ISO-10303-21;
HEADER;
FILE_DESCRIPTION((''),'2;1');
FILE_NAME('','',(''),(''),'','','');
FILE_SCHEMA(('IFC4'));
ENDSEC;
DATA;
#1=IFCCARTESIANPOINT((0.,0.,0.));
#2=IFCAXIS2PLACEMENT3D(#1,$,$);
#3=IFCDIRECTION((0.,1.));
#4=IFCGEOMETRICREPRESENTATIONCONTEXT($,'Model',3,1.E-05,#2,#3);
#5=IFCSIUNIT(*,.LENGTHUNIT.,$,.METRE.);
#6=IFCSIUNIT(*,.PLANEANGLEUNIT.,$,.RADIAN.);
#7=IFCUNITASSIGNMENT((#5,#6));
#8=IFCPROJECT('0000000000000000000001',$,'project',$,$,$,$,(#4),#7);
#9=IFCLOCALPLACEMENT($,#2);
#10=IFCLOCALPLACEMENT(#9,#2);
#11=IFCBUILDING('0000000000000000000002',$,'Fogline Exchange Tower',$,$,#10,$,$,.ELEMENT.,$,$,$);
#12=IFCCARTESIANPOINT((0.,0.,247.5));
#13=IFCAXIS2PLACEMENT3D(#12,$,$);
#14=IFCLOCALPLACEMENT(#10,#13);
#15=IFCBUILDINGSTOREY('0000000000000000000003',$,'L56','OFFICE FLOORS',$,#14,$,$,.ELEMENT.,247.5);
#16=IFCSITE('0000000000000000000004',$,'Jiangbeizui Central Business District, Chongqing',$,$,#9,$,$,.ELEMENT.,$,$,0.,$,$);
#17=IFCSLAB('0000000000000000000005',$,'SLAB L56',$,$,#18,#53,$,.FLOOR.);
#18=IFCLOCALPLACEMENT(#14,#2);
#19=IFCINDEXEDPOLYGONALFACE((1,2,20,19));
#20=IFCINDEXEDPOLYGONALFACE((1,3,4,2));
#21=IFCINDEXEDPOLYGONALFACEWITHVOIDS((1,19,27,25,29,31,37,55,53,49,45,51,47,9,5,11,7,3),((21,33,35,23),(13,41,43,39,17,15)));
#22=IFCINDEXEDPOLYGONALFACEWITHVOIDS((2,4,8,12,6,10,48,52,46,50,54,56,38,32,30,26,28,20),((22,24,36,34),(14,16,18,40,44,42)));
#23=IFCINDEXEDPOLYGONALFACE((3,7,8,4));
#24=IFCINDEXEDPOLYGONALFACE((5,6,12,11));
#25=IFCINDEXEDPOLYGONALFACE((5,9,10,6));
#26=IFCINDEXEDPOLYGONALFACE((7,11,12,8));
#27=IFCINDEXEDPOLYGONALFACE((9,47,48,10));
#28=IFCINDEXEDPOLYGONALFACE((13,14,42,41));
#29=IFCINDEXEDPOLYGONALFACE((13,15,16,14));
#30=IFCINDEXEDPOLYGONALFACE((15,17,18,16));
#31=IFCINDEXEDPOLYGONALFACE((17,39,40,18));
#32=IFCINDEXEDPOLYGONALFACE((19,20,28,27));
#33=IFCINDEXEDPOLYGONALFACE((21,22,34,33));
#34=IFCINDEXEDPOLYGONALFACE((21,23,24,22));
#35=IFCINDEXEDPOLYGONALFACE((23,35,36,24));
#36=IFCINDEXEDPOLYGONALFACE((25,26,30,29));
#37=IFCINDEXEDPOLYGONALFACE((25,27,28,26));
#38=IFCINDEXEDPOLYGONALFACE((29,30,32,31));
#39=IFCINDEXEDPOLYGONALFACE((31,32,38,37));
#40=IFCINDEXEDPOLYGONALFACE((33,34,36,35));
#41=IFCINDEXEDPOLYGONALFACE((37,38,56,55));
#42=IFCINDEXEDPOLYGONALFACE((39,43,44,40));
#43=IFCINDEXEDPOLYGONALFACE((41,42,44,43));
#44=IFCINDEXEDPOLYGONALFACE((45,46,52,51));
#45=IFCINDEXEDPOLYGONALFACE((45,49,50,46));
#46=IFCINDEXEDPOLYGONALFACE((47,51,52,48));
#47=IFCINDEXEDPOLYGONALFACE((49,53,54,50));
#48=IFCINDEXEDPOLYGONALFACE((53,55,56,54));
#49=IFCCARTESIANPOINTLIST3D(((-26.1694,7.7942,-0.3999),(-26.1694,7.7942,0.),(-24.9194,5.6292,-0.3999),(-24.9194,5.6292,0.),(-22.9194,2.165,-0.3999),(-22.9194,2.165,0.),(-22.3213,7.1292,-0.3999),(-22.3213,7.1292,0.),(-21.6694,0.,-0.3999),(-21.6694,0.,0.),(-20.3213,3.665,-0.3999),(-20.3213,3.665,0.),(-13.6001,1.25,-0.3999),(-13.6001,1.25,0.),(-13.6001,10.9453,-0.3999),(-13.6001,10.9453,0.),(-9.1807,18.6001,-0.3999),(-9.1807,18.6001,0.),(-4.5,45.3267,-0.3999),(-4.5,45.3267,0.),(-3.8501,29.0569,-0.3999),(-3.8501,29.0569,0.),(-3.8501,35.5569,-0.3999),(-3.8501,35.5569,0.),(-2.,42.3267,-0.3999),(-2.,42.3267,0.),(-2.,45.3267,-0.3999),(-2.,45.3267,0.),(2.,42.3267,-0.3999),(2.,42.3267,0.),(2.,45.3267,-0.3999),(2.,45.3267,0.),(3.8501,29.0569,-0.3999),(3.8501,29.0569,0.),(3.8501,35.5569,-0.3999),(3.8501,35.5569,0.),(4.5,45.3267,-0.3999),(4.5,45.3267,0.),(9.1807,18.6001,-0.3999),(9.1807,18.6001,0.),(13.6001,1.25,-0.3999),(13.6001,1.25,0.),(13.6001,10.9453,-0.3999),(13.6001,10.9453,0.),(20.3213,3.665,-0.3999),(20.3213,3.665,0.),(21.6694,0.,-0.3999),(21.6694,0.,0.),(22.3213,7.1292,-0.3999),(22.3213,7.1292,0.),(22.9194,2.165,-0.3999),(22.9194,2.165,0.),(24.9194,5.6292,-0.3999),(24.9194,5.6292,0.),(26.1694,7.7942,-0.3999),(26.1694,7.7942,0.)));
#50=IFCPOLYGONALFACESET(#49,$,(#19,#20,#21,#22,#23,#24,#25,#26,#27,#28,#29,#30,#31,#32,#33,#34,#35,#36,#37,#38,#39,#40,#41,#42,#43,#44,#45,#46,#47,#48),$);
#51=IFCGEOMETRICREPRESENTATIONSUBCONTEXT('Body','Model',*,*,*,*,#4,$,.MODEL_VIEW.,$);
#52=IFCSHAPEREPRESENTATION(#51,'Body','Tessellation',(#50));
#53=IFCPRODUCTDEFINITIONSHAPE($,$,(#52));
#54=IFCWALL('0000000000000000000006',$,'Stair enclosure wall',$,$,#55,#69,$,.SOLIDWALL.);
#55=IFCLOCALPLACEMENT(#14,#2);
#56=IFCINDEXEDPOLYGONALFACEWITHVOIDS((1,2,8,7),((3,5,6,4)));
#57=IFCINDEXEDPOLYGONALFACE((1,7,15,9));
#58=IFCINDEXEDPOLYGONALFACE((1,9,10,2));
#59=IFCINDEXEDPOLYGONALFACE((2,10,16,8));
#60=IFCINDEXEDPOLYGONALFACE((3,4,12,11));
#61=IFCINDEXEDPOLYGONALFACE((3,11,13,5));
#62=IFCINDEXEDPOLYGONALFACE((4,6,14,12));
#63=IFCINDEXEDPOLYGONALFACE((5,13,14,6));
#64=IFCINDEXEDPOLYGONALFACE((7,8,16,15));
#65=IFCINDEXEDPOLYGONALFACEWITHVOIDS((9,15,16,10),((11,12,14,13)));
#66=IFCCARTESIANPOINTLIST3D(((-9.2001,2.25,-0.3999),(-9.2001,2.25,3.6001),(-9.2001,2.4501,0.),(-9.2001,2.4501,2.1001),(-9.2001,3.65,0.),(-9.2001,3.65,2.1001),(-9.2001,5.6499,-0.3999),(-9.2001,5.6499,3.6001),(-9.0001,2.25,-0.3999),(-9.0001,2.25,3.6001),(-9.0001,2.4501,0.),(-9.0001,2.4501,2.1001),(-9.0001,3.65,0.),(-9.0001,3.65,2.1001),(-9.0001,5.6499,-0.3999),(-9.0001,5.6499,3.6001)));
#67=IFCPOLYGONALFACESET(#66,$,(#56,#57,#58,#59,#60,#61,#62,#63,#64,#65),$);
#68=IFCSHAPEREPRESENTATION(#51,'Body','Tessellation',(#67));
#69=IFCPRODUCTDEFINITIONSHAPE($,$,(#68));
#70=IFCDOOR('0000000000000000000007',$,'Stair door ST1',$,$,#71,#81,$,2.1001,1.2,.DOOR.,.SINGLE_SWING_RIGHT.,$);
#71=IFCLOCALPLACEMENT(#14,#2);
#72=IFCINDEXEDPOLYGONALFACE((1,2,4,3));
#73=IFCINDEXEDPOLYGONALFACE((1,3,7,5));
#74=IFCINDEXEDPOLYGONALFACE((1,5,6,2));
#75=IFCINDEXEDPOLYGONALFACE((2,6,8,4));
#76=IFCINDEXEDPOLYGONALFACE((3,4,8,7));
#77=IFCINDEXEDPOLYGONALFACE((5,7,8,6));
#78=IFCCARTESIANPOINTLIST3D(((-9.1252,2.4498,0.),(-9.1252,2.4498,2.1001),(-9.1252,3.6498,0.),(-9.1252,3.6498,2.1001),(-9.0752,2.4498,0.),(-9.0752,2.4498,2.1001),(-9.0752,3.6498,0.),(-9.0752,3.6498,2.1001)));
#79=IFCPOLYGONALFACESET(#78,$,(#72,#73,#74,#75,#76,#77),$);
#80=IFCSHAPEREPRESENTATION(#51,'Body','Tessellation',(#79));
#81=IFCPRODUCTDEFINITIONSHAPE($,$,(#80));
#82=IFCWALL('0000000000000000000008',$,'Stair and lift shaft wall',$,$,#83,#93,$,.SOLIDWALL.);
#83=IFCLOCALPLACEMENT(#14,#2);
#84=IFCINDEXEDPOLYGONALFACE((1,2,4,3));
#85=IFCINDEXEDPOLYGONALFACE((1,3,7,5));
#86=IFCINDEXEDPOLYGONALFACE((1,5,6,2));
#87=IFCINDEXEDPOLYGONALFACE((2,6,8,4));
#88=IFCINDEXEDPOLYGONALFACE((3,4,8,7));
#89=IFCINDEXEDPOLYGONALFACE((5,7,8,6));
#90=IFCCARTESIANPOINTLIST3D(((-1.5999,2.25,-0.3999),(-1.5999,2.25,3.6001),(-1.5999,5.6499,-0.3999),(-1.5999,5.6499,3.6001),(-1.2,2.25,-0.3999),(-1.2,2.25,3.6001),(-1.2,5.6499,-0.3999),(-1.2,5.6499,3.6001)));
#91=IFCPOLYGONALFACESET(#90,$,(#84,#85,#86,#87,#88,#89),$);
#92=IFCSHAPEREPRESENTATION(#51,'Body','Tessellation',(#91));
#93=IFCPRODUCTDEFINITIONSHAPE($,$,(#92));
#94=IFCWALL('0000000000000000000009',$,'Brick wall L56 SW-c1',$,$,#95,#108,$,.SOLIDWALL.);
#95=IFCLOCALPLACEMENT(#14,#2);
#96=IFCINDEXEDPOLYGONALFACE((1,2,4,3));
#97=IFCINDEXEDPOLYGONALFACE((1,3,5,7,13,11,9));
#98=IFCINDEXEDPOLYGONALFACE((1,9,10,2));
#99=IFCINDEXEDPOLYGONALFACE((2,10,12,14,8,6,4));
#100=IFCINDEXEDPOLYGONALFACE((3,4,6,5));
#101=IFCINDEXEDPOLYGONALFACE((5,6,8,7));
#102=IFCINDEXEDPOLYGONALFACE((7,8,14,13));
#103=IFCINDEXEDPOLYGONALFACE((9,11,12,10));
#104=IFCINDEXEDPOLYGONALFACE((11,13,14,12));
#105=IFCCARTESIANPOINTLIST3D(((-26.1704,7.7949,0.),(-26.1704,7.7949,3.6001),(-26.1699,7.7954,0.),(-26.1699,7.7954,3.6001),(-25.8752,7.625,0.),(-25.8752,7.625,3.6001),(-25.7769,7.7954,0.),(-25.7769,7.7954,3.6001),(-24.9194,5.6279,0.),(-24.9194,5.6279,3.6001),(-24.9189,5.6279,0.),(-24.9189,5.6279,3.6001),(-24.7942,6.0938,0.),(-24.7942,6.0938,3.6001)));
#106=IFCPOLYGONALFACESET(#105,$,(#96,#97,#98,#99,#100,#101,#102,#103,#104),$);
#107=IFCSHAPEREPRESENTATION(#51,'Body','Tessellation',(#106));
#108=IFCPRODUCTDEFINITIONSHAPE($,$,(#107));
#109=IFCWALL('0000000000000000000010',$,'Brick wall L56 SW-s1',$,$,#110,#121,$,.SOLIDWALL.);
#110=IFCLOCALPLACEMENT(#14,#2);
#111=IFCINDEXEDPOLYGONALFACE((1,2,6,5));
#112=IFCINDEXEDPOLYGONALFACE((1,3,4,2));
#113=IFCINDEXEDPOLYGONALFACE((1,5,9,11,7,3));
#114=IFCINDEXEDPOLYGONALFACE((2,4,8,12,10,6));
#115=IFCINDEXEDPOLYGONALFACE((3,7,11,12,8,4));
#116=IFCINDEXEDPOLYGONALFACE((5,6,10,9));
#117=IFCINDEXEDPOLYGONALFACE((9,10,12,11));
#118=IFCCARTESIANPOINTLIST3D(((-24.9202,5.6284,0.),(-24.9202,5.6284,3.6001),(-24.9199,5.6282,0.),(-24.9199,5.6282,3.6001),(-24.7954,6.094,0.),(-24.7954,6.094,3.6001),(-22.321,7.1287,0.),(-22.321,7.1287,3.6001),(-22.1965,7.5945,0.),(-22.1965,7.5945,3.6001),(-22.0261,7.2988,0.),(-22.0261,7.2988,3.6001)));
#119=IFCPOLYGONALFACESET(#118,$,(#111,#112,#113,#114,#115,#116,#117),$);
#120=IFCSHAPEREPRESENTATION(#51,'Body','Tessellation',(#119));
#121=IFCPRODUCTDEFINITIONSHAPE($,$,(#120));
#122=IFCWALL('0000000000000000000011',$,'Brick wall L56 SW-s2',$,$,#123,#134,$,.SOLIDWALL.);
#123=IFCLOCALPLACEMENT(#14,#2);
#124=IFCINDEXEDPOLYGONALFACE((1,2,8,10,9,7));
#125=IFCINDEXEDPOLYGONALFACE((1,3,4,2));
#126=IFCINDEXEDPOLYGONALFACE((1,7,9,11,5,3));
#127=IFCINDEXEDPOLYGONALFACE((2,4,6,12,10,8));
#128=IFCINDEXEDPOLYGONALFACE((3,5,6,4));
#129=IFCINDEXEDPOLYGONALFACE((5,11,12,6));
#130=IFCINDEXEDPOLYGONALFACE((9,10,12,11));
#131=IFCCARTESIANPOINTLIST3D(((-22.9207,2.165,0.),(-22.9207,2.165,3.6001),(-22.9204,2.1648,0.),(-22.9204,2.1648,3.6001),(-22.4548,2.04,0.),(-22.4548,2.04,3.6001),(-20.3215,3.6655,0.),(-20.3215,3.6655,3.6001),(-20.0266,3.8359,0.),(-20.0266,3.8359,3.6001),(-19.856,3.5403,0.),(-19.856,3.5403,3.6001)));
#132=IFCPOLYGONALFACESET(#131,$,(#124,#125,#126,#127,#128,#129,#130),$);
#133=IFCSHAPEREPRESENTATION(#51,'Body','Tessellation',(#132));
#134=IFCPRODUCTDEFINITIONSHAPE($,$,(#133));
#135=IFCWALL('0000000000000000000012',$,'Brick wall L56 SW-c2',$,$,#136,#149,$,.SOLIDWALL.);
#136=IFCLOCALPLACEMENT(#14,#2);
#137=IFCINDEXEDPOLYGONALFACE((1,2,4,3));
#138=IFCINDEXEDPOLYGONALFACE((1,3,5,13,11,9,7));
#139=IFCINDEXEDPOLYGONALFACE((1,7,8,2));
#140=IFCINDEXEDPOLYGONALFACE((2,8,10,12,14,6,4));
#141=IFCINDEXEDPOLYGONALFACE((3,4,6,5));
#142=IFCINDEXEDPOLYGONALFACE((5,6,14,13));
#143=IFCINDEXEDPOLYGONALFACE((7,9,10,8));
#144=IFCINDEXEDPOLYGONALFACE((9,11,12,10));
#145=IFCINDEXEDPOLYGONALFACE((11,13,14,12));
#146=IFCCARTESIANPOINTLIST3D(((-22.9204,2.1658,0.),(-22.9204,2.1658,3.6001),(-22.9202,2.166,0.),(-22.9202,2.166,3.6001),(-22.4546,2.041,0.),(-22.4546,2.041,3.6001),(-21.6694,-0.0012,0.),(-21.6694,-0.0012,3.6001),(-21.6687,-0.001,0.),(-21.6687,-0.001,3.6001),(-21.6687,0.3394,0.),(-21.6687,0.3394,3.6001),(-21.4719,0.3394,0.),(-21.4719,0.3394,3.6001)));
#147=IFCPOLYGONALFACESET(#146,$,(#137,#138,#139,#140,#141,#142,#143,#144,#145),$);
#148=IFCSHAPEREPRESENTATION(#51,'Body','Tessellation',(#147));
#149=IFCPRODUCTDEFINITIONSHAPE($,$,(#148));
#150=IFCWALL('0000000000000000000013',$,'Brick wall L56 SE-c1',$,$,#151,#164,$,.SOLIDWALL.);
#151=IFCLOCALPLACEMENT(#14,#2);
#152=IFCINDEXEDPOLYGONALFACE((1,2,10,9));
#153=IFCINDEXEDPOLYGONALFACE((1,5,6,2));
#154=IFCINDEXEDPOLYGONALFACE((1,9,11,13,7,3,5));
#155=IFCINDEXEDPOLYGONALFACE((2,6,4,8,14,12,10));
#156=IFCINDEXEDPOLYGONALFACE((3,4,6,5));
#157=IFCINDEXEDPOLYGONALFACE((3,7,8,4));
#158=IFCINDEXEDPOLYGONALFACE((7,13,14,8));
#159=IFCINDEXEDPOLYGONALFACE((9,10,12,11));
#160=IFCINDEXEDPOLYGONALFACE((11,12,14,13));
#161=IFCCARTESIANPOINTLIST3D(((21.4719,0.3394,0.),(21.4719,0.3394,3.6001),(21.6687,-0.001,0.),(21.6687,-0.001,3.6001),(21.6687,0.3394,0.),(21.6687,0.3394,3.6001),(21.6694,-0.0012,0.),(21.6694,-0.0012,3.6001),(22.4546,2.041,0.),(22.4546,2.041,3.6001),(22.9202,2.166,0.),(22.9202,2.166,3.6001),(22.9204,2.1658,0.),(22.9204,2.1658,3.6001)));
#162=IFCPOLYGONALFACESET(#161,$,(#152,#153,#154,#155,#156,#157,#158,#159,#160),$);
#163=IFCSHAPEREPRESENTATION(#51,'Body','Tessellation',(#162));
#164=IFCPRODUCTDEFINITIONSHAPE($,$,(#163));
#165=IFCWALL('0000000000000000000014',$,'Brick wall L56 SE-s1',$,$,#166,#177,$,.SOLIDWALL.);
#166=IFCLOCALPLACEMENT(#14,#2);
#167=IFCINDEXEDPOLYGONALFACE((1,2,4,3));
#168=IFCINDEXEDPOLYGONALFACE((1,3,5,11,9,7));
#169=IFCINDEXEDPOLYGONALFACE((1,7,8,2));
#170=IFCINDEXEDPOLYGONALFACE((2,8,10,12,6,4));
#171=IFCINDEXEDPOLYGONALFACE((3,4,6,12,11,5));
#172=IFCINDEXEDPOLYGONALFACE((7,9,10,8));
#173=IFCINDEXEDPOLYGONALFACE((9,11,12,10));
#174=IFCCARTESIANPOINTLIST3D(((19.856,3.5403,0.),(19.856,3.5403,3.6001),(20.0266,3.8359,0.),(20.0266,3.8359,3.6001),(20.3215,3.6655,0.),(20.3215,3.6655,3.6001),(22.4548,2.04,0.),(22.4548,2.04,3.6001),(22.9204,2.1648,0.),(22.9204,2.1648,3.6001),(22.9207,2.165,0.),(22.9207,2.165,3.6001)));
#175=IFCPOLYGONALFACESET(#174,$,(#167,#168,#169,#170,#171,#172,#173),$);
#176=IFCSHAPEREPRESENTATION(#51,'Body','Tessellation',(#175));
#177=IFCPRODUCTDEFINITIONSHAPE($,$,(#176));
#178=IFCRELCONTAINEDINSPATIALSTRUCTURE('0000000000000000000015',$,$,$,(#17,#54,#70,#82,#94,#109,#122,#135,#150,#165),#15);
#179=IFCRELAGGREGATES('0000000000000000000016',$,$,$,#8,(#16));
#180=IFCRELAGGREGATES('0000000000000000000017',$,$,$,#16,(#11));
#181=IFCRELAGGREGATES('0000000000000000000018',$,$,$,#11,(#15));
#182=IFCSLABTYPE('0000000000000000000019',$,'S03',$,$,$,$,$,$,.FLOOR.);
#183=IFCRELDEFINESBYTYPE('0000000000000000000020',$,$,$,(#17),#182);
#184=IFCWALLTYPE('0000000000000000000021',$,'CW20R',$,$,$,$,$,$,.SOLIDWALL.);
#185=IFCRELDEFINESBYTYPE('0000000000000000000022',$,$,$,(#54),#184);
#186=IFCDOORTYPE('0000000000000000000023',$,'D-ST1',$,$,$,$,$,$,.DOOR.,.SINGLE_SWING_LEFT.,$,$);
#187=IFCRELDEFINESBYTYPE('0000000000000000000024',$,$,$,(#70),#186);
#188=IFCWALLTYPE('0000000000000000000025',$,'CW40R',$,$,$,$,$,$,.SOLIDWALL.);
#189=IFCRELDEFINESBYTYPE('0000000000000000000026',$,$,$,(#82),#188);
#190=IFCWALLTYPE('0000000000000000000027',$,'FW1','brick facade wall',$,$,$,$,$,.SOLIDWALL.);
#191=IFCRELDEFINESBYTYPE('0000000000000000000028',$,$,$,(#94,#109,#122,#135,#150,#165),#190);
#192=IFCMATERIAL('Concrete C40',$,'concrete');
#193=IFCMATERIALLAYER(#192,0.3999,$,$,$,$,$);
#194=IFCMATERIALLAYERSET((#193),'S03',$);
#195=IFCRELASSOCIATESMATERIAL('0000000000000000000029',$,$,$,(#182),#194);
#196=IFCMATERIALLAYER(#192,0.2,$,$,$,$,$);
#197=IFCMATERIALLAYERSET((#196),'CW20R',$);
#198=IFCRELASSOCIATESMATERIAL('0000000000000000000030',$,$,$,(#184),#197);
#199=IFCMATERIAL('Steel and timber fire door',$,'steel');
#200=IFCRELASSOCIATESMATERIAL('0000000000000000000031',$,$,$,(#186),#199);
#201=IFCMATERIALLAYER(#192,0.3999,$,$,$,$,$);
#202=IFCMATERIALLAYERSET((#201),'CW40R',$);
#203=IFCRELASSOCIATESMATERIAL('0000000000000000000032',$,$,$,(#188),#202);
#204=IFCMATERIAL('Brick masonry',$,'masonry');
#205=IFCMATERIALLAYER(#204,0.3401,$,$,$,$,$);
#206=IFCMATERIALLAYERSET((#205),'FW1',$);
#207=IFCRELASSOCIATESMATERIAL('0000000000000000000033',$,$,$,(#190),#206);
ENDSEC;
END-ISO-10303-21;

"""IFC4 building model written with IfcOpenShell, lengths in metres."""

from ifc_helpers import new_model, si_unit, direction, frame, frame_2d, origin, place, context, subcontext, project, spatial, polyline, rectangle, outline, extrude, material, layer, layer_set, type_object, element, fill, save


model = new_model("IFC4")

# Units and contexts
model_context = context("Model", 3, precision=1e-05, world=origin(), true_north=direction((0.0, 1.0)))
body_context = subcontext(model_context, "Body", "Model", "MODEL_VIEW")
ifc_project = project(units=[si_unit("LENGTHUNIT", "METRE"), si_unit("PLANEANGLEUNIT", "RADIAN")], contexts=[model_context])

# Site, building, storey
site_placement = place(None, origin())
site = spatial("IfcSite", under=ifc_project, at=site_placement, Name="Jiangbeizui Central Business District, Chongqing", CompositionType="ELEMENT", RefElevation=0.0)
building_placement = place(site_placement, origin())
building = spatial("IfcBuilding", under=site, at=building_placement, Name="Fogline Exchange Tower", CompositionType="ELEMENT")
storey_placement = place(building_placement, frame((0.0, 0.0, 247.5)))
storey = spatial("IfcBuildingStorey", under=building, at=storey_placement, Name="L56", Description="OFFICE FLOORS", CompositionType="ELEMENT", Elevation=247.5)

# Slab
ifc_material_1 = material(Name="Concrete C40", Category="concrete")
ifc_layer_1 = layer(ifc_material_1, 0.3999)
ifc_layer_set_1 = layer_set([ifc_layer_1], Name="S03")
slab_type = type_object("IfcSlabType", Name="S03", PredefinedType="FLOOR", material=ifc_layer_set_1)
slab_placement = place(storey_placement, frame((0.0, 0.0, -0.3999)))
element("IfcSlab", 1, at=slab_placement, inside=storey, type_object=slab_type, Name="SLAB L56", PredefinedType="FLOOR", context=body_context, shape_type="SweptSolid", body=[
    extrude(outline(polyline([(-2.0, 45.3267), (-4.5, 45.3267), (-26.1694, 7.7942), (-24.9194, 5.6292), (-22.3213, 7.1292), (-20.3213, 3.665), (-22.9194, 2.165), (-21.6694, 0.0), (21.6694, 0.0), (22.9194, 2.165), (20.3213, 3.665), (22.3213, 7.1292), (24.9194, 5.6292), (26.1694, 7.7942), (4.5, 45.3267), (2.0, 45.3267), (2.0, 42.3267), (-2.0, 42.3267), (-2.0, 45.3267)]), holes=[polyline([(13.6001, 10.9453), (13.6001, 1.25), (-13.6001, 1.25), (-13.6001, 10.9453), (-9.1807, 18.6001), (9.1807, 18.6001), (13.6001, 10.9453)]), polyline([(3.8501, 35.5569), (3.8501, 29.0569), (-3.8501, 29.0569), (-3.8501, 35.5569), (3.8501, 35.5569)])]), origin(), (0.0, 0.0, 1.0), 0.3999),
])

# Wall, opening, door
ifc_layer_2 = layer(ifc_material_1, 0.2)
ifc_layer_set_2 = layer_set([ifc_layer_2], Name="CW20R")
wall_type_1 = type_object("IfcWallType", Name="CW20R", PredefinedType="SOLIDWALL", material=ifc_layer_set_2)
wall_1_placement = place(storey_placement, frame((-9.1001, 2.25, -0.3999), z_axis=(0.0, 0.0, 1.0), x_axis=(0.0, 1.0, 0.0)))
wall_1 = element("IfcWall", 2, at=wall_1_placement, inside=storey, type_object=wall_type_1, Name="Stair enclosure wall", PredefinedType="SOLIDWALL", context=body_context, shape_type="SweptSolid", body=[
    extrude(rectangle(XDim=3.3999, YDim=0.2, at=frame_2d((1.7, 0.0))), origin(), (0.0, 0.0, 1.0), 4.0),
])
opening_placement = place(wall_1_placement, frame((0.2, 0.0, 0.3999)))
opening = element("IfcOpeningElement", 3, at=opening_placement, cuts=wall_1, PredefinedType="OPENING", context=body_context, shape_type="SweptSolid", body=[
    extrude(rectangle(XDim=1.2, YDim=2.1001, at=frame_2d((0.6001, 1.05))), frame((0.0, 0.1099, 0.0), z_axis=(0.0, -1.0, 0.0), x_axis=(1.0, 0.0, 0.0)), (0.0, 0.0, 1.0), 0.22),
])
ifc_material_2 = material(Name="Steel and timber fire door", Category="steel")
door_type = type_object("IfcDoorType", Name="D-ST1", OperationType="SINGLE_SWING_LEFT", PredefinedType="DOOR", material=ifc_material_2)
door_placement = place(opening_placement, frame((1.2, 0.0, 0.0), z_axis=(0.0, 0.0, 1.0), x_axis=(-1.0, 0.0, 0.0)))
door = element("IfcDoor", 4, at=door_placement, inside=storey, type_object=door_type, Name="Stair door ST1", OperationType="SINGLE_SWING_RIGHT", OverallHeight=2.1001, OverallWidth=1.2, PredefinedType="DOOR", context=body_context, shape_type="SweptSolid", body=[
    extrude(rectangle(XDim=1.2, YDim=2.1001, at=frame_2d((0.6001, 1.05))), frame((0.0, 0.0249, 0.0), z_axis=(0.0, -1.0, 0.0), x_axis=(1.0, 0.0, 0.0)), (0.0, 0.0, 1.0), 0.05),
])
fill(opening, door)

# Walls
ifc_layer_3 = layer(ifc_material_1, 0.3999)
ifc_layer_set_3 = layer_set([ifc_layer_3], Name="CW40R")
wall_type_2 = type_object("IfcWallType", Name="CW40R", PredefinedType="SOLIDWALL", material=ifc_layer_set_3)
wall_2_placement = place(storey_placement, frame((-1.3999, 2.25, -0.3999), z_axis=(0.0, 0.0, 1.0), x_axis=(0.0, 1.0, 0.0)))
element("IfcWall", 5, at=wall_2_placement, inside=storey, type_object=wall_type_2, Name="Stair and lift shaft wall", PredefinedType="SOLIDWALL", context=body_context, shape_type="SweptSolid", body=[
    extrude(rectangle(XDim=3.3999, YDim=0.3999, at=frame_2d((1.7, 0.0))), origin(), (0.0, 0.0, 1.0), 4.0),
])
ifc_material_3 = material(Name="Brick masonry", Category="masonry")
ifc_layer_4 = layer(ifc_material_3, 0.3401)
ifc_layer_set_4 = layer_set([ifc_layer_4], Name="FW1")
wall_type_3 = type_object("IfcWallType", Name="FW1", Description="brick facade wall", PredefinedType="SOLIDWALL", material=ifc_layer_set_4)
wall_3_placement = place(storey_placement, origin())
element("IfcWall", 6, at=wall_3_placement, inside=storey, type_object=wall_type_3, Name="Brick wall L56 SW-c1", PredefinedType="SOLIDWALL", context=body_context, shape_type="SweptSolid", body=[
    extrude(outline(polyline([(-24.9194, 5.6279), (-26.1704, 7.7949), (-26.1699, 7.7954), (-25.8752, 7.625), (-25.7769, 7.7954), (-24.7942, 6.0938), (-24.9189, 5.6279), (-24.9194, 5.6279)])), origin(), (0.0, 0.0, 1.0), 3.6001),
])
wall_4_placement = place(storey_placement, origin())
element("IfcWall", 7, at=wall_4_placement, inside=storey, type_object=wall_type_3, Name="Brick wall L56 SW-s1", PredefinedType="SOLIDWALL", context=body_context, shape_type="SweptSolid", body=[
    extrude(outline(polyline([(-22.1965, 7.5945), (-22.0261, 7.2988), (-22.321, 7.1287), (-24.9199, 5.6282), (-24.9202, 5.6284), (-24.7954, 6.094), (-22.1965, 7.5945)])), origin(), (0.0, 0.0, 1.0), 3.6001),
])
wall_5_placement = place(storey_placement, origin())
element("IfcWall", 8, at=wall_5_placement, inside=storey, type_object=wall_type_3, Name="Brick wall L56 SW-s2", PredefinedType="SOLIDWALL", context=body_context, shape_type="SweptSolid", body=[
    extrude(outline(polyline([(-22.9207, 2.165), (-20.3215, 3.6655), (-20.0266, 3.8359), (-19.856, 3.5403), (-22.4548, 2.04), (-22.9204, 2.1648), (-22.9207, 2.165)])), origin(), (0.0, 0.0, 1.0), 3.6001),
])
wall_6_placement = place(storey_placement, origin())
element("IfcWall", 9, at=wall_6_placement, inside=storey, type_object=wall_type_3, Name="Brick wall L56 SW-c2", PredefinedType="SOLIDWALL", context=body_context, shape_type="SweptSolid", body=[
    extrude(outline(polyline([(-21.4719, 0.3394), (-21.6687, 0.3394), (-21.6687, -0.001), (-21.6694, -0.0012), (-22.9204, 2.1658), (-22.9202, 2.166), (-22.4546, 2.041), (-21.4719, 0.3394)])), origin(), (0.0, 0.0, 1.0), 3.6001),
])
wall_7_placement = place(storey_placement, origin())
element("IfcWall", 10, at=wall_7_placement, inside=storey, type_object=wall_type_3, Name="Brick wall L56 SE-c1", PredefinedType="SOLIDWALL", context=body_context, shape_type="SweptSolid", body=[
    extrude(outline(polyline([(22.9204, 2.1658), (21.6694, -0.0012), (21.6687, -0.001), (21.6687, 0.3394), (21.4719, 0.3394), (22.4546, 2.041), (22.9202, 2.166), (22.9204, 2.1658)])), origin(), (0.0, 0.0, 1.0), 3.6001),
])
wall_8_placement = place(storey_placement, origin())
element("IfcWall", 11, at=wall_8_placement, inside=storey, type_object=wall_type_3, Name="Brick wall L56 SE-s1", PredefinedType="SOLIDWALL", context=body_context, shape_type="SweptSolid", body=[
    extrude(outline(polyline([(19.856, 3.5403), (20.0266, 3.8359), (20.3215, 3.6655), (22.9207, 2.165), (22.9204, 2.1648), (22.4548, 2.04), (19.856, 3.5403)])), origin(), (0.0, 0.0, 1.0), 3.6001),
])

save(model, "model.ifc")
